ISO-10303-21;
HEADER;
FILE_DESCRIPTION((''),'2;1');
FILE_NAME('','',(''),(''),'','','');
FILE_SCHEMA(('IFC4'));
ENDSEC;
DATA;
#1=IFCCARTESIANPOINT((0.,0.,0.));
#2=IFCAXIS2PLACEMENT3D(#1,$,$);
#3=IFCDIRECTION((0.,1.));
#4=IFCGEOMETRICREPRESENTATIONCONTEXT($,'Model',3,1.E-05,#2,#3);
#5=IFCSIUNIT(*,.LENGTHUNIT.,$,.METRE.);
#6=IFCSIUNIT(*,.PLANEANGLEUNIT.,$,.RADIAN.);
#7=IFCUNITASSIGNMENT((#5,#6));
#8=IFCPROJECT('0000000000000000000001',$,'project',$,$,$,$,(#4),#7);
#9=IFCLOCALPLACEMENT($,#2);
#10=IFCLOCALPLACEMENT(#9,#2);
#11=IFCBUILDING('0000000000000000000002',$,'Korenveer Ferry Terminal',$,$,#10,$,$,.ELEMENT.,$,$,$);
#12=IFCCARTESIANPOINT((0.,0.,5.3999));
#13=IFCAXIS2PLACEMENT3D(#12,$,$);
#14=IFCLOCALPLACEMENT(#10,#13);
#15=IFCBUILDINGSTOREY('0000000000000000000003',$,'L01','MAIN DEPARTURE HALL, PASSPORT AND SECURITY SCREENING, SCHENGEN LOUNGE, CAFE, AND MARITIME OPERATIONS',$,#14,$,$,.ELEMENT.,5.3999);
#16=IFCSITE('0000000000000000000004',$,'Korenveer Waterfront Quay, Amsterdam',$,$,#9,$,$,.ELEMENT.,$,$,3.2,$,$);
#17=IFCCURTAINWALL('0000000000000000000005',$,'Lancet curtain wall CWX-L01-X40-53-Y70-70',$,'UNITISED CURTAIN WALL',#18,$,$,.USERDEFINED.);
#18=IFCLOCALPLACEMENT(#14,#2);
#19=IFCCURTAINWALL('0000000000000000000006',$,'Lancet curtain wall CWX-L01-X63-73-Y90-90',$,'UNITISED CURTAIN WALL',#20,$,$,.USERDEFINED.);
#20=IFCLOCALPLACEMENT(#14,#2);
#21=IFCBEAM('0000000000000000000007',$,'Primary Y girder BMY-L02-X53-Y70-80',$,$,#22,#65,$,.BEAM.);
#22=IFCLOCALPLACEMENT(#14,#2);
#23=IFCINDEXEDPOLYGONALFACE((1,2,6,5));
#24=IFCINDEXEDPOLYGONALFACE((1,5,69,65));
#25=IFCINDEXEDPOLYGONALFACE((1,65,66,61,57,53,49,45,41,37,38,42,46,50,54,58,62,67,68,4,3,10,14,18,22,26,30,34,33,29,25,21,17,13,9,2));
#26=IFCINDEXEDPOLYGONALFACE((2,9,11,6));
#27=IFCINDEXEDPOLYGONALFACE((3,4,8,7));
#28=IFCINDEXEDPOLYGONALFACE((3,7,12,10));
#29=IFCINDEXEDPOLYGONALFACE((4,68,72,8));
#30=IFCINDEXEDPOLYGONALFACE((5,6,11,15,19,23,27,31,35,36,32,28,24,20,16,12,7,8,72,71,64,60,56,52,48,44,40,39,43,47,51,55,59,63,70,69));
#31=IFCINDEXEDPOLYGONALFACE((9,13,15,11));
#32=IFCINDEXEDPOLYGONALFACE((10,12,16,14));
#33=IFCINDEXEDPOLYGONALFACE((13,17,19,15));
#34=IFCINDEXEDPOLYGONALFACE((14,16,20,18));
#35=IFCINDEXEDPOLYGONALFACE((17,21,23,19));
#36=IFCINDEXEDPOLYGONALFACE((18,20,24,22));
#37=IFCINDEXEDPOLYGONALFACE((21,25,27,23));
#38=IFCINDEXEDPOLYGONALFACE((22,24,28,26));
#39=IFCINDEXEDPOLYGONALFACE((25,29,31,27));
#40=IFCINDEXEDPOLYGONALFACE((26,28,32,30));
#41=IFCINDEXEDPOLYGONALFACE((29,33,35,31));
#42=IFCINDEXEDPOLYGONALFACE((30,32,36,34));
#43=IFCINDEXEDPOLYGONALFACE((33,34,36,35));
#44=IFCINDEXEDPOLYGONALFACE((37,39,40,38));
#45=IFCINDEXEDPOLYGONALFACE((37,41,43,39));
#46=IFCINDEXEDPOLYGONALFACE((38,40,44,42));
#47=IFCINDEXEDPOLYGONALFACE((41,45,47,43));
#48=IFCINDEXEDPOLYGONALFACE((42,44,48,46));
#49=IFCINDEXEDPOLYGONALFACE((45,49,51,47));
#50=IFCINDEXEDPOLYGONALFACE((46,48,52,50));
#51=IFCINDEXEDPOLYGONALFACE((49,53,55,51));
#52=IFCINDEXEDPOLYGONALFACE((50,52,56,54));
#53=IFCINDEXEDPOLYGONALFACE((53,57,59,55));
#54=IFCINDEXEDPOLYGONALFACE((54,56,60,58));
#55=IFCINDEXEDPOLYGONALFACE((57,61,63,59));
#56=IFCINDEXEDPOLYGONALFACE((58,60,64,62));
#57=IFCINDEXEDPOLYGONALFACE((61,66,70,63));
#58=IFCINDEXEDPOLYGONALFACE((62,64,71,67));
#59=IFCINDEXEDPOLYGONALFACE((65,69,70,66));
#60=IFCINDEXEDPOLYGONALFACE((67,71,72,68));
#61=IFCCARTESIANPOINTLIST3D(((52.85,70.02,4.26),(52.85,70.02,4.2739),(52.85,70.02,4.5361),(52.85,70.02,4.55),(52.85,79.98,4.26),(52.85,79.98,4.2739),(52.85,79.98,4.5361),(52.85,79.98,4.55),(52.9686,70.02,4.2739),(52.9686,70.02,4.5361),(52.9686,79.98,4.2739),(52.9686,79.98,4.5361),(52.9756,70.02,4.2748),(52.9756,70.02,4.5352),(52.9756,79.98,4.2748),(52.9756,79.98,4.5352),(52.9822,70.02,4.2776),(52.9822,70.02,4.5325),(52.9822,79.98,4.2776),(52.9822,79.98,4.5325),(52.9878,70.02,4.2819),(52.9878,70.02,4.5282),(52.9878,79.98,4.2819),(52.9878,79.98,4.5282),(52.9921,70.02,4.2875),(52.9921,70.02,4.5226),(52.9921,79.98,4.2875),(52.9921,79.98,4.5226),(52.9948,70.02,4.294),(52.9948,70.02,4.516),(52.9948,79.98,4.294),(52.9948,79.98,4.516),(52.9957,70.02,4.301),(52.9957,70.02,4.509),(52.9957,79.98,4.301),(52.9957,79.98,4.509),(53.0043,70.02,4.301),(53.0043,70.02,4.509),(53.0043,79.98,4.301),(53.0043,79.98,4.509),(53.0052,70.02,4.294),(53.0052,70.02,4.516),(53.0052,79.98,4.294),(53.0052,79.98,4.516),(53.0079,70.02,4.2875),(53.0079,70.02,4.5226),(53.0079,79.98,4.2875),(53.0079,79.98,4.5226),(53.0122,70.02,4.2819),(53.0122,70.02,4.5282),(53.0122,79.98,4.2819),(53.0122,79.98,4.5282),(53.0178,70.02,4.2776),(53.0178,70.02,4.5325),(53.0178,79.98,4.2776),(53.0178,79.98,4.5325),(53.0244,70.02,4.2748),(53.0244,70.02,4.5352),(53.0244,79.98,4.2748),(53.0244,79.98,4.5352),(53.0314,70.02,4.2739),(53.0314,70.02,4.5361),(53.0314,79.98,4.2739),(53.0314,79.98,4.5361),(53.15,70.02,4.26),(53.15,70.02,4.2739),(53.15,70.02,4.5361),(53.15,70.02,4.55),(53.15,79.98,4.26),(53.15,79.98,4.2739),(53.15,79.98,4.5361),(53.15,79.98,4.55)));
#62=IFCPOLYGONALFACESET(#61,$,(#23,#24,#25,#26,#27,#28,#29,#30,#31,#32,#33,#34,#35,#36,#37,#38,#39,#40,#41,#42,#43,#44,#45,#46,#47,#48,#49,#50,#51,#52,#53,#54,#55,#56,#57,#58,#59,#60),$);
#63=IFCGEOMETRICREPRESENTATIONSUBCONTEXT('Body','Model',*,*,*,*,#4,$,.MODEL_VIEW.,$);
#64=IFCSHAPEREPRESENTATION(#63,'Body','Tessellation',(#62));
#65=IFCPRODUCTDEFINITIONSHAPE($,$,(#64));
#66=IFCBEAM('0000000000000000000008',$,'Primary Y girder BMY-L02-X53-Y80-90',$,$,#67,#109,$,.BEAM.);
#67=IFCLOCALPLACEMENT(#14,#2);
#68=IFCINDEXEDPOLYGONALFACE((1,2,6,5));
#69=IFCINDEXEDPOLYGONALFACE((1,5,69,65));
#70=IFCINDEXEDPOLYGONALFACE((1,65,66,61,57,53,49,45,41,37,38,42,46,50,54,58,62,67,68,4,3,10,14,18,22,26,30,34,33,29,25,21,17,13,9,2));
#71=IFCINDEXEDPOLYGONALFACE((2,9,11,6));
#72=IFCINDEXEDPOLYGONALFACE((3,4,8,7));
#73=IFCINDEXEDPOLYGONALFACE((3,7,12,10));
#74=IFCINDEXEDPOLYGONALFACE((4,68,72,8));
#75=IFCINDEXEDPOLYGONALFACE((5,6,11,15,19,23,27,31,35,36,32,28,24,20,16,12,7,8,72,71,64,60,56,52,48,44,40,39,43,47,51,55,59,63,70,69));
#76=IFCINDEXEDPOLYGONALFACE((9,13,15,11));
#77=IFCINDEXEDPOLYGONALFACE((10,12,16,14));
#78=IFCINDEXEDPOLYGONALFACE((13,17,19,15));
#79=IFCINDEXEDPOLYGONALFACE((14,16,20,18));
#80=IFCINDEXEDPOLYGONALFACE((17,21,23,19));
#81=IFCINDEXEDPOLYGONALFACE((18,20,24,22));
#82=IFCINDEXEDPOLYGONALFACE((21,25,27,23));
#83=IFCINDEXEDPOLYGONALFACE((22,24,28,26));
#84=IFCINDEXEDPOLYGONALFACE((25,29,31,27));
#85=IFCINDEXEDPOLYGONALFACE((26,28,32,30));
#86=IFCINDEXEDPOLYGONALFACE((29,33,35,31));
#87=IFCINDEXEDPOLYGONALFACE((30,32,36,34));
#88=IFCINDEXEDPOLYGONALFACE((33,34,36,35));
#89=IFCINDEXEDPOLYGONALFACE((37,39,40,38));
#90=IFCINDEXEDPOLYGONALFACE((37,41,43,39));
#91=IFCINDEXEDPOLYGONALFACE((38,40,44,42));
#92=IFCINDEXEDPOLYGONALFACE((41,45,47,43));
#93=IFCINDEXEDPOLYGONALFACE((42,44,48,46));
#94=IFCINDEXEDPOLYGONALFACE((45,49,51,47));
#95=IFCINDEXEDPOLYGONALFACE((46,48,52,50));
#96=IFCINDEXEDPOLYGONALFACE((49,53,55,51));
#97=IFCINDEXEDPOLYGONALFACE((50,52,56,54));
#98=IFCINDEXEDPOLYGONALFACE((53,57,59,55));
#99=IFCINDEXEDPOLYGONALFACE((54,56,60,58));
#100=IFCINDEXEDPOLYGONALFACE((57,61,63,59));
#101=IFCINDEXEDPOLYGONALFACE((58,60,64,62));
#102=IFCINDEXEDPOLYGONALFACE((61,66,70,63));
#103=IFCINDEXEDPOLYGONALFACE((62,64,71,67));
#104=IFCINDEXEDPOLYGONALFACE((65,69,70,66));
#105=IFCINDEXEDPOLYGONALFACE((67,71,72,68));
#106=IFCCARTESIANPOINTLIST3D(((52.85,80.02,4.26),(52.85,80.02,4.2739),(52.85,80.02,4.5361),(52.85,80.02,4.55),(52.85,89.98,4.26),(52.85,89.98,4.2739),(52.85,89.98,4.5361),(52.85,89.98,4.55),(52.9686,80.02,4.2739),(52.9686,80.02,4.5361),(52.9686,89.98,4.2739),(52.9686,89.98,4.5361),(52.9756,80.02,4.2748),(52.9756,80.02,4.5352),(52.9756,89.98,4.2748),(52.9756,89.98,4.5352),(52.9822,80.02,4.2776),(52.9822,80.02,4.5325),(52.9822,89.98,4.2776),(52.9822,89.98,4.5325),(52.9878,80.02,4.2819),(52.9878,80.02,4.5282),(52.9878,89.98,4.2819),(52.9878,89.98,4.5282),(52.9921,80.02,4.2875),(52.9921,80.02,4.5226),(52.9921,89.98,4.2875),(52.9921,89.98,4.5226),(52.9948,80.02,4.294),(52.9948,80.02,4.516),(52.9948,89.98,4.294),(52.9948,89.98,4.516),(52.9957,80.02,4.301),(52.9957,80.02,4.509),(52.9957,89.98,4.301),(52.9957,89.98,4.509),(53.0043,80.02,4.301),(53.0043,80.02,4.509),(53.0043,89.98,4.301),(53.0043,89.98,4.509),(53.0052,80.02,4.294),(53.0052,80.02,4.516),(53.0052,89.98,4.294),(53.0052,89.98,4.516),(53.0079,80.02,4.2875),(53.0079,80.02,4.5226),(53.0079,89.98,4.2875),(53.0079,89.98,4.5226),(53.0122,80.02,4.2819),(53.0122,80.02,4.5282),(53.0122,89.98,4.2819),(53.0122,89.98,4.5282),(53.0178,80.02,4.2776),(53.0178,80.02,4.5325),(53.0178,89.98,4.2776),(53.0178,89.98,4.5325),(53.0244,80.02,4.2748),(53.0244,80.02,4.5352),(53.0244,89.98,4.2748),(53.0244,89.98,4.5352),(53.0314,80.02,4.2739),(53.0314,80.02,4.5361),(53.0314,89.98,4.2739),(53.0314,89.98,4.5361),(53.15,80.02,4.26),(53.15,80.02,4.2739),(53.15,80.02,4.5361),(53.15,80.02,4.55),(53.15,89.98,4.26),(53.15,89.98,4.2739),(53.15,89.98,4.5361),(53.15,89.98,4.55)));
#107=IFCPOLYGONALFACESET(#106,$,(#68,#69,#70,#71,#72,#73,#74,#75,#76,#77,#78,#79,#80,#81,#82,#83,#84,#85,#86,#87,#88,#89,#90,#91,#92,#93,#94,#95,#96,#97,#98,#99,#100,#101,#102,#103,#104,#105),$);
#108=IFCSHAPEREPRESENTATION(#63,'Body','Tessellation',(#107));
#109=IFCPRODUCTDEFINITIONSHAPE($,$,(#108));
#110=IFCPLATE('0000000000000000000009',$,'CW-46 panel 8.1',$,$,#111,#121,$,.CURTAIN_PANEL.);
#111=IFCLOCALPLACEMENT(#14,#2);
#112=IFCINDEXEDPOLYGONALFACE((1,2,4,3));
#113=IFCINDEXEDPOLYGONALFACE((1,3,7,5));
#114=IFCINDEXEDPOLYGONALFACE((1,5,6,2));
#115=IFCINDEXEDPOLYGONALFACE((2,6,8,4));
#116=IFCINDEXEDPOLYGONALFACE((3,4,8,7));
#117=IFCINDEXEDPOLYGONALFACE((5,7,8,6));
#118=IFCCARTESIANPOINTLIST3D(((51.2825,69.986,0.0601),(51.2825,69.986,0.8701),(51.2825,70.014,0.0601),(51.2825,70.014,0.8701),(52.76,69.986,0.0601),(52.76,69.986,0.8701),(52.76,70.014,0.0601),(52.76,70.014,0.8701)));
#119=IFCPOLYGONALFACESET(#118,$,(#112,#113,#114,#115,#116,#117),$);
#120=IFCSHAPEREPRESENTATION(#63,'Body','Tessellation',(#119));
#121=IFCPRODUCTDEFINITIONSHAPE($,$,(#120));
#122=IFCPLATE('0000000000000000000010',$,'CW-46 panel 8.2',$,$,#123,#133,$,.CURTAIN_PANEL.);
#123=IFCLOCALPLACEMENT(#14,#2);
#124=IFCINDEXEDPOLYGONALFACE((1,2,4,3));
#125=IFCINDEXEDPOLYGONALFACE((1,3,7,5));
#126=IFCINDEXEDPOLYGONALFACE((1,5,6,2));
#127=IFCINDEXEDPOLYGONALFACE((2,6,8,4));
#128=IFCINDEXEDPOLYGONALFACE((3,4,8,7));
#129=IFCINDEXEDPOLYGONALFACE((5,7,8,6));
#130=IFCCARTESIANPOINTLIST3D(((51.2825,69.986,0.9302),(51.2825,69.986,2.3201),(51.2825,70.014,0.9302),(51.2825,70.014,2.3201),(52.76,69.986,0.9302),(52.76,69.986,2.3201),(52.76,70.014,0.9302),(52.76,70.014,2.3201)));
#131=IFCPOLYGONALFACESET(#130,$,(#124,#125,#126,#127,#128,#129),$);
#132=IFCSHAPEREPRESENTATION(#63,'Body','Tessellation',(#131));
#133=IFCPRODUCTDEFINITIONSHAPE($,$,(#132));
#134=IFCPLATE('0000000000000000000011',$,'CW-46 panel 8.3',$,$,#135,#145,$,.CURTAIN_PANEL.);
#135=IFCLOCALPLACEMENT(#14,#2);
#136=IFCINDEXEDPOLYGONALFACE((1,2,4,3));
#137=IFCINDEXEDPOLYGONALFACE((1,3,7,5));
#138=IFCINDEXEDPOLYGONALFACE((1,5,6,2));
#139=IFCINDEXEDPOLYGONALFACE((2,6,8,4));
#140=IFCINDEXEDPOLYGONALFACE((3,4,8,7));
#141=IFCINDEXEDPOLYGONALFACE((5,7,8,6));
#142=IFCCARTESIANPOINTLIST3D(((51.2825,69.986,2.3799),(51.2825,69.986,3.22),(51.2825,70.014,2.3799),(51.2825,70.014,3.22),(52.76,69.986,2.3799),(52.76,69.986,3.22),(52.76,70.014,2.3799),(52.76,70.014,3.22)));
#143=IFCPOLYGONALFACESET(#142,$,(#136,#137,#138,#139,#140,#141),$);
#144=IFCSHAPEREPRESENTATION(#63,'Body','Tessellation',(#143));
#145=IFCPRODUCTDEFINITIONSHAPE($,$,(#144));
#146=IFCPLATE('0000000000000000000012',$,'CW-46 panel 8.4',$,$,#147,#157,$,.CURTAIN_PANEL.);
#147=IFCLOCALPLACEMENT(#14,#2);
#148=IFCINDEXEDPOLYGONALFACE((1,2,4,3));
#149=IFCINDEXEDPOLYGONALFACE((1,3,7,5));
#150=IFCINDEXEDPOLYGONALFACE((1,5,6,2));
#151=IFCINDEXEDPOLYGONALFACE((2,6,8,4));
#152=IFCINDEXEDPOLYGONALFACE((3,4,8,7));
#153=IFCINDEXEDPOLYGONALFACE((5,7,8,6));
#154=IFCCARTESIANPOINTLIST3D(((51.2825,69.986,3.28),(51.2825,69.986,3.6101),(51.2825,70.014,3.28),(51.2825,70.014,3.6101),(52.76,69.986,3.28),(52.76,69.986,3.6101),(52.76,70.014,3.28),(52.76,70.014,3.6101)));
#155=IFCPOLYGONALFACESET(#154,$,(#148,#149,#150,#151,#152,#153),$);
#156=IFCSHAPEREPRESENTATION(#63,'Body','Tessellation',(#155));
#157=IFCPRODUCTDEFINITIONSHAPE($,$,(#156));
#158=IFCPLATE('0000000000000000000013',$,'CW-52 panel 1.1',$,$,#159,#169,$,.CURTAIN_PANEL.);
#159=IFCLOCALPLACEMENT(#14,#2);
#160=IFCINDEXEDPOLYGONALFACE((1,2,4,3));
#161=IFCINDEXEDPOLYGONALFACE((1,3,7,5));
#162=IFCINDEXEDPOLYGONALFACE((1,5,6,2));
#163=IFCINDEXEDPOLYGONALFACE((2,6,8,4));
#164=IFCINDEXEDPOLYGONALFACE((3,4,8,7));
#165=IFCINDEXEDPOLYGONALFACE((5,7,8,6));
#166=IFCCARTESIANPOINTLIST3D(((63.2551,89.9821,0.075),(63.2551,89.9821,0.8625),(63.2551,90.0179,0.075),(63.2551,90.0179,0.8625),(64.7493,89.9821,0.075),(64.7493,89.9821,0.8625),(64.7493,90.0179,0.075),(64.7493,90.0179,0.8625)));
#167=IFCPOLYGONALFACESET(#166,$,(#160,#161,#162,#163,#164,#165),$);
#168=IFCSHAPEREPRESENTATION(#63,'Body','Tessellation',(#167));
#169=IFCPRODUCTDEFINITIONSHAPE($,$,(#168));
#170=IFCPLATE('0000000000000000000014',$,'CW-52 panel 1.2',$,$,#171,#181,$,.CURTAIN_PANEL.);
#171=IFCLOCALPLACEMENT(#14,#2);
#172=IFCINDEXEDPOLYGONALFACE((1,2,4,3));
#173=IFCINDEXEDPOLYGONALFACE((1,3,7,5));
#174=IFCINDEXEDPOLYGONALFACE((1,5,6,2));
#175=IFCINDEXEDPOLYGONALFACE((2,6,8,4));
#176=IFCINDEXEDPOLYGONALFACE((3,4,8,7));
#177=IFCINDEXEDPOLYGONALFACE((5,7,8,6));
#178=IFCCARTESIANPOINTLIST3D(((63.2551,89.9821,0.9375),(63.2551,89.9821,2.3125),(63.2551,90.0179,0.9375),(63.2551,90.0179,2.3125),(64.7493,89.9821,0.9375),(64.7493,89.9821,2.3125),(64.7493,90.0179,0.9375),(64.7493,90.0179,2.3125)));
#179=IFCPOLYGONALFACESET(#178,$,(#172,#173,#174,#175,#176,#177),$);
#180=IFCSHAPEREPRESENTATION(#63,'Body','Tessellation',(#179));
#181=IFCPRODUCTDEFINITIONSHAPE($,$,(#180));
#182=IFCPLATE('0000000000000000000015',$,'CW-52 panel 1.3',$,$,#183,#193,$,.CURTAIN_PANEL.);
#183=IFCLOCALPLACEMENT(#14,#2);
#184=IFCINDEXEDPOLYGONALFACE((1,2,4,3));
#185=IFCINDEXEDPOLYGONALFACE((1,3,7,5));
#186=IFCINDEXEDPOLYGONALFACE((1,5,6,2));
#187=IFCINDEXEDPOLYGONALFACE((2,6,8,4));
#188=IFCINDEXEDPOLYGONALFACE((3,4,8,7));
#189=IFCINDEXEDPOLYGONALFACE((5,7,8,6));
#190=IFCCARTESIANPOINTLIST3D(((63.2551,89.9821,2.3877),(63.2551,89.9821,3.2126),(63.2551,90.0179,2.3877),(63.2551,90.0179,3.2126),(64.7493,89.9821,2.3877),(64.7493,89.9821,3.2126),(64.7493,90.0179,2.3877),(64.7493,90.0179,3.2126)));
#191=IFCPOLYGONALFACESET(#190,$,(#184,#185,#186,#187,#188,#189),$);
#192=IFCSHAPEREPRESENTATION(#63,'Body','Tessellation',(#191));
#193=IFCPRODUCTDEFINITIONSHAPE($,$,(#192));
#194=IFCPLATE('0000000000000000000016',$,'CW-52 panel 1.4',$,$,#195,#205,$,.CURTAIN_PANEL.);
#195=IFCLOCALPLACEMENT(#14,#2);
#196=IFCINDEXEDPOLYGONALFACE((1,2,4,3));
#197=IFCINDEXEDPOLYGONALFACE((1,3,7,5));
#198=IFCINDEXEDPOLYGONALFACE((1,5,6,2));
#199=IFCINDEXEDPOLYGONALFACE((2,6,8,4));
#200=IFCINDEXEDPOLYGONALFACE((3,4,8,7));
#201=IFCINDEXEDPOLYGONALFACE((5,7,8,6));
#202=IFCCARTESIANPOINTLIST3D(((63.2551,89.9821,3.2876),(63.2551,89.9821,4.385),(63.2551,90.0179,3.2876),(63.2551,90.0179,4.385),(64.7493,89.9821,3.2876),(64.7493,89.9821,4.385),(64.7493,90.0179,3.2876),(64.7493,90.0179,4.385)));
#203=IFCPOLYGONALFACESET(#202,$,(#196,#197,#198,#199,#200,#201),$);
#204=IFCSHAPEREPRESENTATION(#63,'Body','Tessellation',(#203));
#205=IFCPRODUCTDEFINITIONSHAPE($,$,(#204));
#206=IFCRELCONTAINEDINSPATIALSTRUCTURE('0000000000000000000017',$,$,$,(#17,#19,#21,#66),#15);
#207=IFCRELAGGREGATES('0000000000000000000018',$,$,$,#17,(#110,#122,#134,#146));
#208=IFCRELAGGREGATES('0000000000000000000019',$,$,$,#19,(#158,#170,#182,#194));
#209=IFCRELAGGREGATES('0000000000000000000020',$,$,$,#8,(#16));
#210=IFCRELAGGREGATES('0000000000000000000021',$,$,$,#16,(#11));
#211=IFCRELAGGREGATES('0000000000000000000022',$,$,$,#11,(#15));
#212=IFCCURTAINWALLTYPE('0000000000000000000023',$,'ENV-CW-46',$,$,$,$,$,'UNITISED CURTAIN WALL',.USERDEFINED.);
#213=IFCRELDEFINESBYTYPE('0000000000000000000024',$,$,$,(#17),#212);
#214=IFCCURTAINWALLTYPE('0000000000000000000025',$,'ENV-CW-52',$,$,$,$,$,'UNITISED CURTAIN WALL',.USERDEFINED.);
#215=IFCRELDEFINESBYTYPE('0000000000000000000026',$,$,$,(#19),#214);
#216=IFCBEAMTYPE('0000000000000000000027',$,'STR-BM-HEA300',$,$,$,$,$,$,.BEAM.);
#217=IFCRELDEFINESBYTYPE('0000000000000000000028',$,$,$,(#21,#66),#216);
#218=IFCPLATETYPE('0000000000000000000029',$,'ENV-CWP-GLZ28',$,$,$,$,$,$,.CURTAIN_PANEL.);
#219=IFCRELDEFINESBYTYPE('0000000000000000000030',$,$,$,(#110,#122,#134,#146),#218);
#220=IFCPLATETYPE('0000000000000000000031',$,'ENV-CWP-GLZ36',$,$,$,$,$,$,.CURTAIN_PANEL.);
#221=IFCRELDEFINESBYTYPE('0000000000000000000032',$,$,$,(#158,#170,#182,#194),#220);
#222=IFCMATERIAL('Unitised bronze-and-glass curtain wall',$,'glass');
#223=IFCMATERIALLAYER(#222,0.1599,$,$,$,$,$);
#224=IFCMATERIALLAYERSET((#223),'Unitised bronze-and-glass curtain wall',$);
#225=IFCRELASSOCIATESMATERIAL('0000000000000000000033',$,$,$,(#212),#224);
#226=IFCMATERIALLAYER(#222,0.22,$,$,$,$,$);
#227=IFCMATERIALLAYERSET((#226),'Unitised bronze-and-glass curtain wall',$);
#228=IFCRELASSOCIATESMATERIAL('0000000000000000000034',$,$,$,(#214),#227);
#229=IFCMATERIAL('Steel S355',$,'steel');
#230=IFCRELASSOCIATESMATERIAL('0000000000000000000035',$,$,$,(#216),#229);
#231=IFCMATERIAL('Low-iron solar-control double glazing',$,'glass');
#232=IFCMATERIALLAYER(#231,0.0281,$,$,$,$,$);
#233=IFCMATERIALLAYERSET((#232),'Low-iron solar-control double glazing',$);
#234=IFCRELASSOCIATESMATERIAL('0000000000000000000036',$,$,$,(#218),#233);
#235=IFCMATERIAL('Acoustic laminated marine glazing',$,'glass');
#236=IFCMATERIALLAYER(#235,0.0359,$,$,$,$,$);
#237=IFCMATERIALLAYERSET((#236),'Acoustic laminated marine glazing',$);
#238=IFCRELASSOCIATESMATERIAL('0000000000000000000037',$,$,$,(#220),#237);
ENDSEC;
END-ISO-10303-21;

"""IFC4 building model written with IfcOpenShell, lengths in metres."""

from ifc_helpers import new_model, si_unit, direction, frame, origin, origin_2d, place, context, subcontext, project, spatial, rectangle, i_section, extrude, material, layer, layer_set, material_profile, profile_set, type_object, element, aggregate, save


model = new_model("IFC4")

# Units and contexts
model_context = context("Model", 3, precision=1e-05, world=origin(), true_north=direction((0.0, 1.0)))
body_context = subcontext(model_context, "Body", "Model", "MODEL_VIEW")
ifc_project = project(units=[si_unit("LENGTHUNIT", "METRE"), si_unit("PLANEANGLEUNIT", "RADIAN")], contexts=[model_context])

# Site, building, storey
site_placement = place(None, origin())
site = spatial("IfcSite", under=ifc_project, at=site_placement, Name="Korenveer Waterfront Quay, Amsterdam", CompositionType="ELEMENT", RefElevation=3.2)
building_placement = place(site_placement, origin())
building = spatial("IfcBuilding", under=site, at=building_placement, Name="Korenveer Ferry Terminal", CompositionType="ELEMENT")
storey_placement = place(building_placement, frame((0.0, 0.0, 5.3999)))
storey = spatial("IfcBuildingStorey", under=building, at=storey_placement, Name="L01", Description="MAIN DEPARTURE HALL, PASSPORT AND SECURITY SCREENING, SCHENGEN LOUNGE, CAFE, AND MARITIME OPERATIONS", CompositionType="ELEMENT", Elevation=5.3999)

# Shared definitions
ifc_material_1 = material(Name="Steel S355", Category="steel")

# Curtain wall
ifc_material_2 = material(Name="Unitised bronze-and-glass curtain wall", Category="glass")
ifc_layer_1 = layer(ifc_material_2, 0.1599)
ifc_layer_set_1 = layer_set([ifc_layer_1], Name="Unitised bronze-and-glass curtain wall")
curtain_wall_type_1 = type_object("IfcCurtainWallType", Name="ENV-CW-46", ElementType="UNITISED CURTAIN WALL", PredefinedType="USERDEFINED", material=ifc_layer_set_1)
curtain_wall_1_placement = place(storey_placement, frame((40.28, 70.0, 0.0)))
curtain_wall_1 = element("IfcCurtainWall", 1, at=curtain_wall_1_placement, inside=storey, type_object=curtain_wall_type_1, Name="Lancet curtain wall CWX-L01-X40-53-Y70-70", ObjectType="UNITISED CURTAIN WALL", PredefinedType="USERDEFINED")

# Curtain wall
ifc_layer_2 = layer(ifc_material_2, 0.22)
ifc_layer_set_2 = layer_set([ifc_layer_2], Name="Unitised bronze-and-glass curtain wall")
curtain_wall_type_2 = type_object("IfcCurtainWallType", Name="ENV-CW-52", ElementType="UNITISED CURTAIN WALL", PredefinedType="USERDEFINED", material=ifc_layer_set_2)
curtain_wall_2_placement = place(storey_placement, frame((63.1799, 90.0, 0.0)))
curtain_wall_2 = element("IfcCurtainWall", 2, at=curtain_wall_2_placement, inside=storey, type_object=curtain_wall_type_2, Name="Lancet curtain wall CWX-L01-X63-73-Y90-90", ObjectType="UNITISED CURTAIN WALL", PredefinedType="USERDEFINED")

# Beams
ifc_material_profile_1 = material_profile(ifc_material_1, i_section(OverallWidth=0.3, OverallDepth=0.29, WebThickness=0.0085, FlangeThickness=0.0139, FilletRadius=0.0271, at=origin_2d()), Name="HEA 300")
ifc_profile_set_1 = profile_set([ifc_material_profile_1], Name="Steel S355")
beam_type = type_object("IfcBeamType", Name="STR-BM-HEA300", PredefinedType="BEAM", material=ifc_profile_set_1)
for number, where, z_axis, x_axis, name in (
    (3, (53.0, 70.02, 4.405), (0.0, 1.0, 0.0), (-1.0, 0.0, 0.0), "Primary Y girder BMY-L02-X53-Y70-80"),
    (4, (53.0, 80.02, 4.405), (0.0, 1.0, 0.0), (-1.0, 0.0, 0.0), "Primary Y girder BMY-L02-X53-Y80-90"),
):
    element("IfcBeam", number, at=place(storey_placement, frame(where, z_axis=z_axis, x_axis=x_axis)), inside=storey, type_object=beam_type, Name=name, PredefinedType="BEAM", context=body_context, shape_type="SweptSolid", body=[
        extrude(i_section(OverallWidth=0.3, OverallDepth=0.29, WebThickness=0.0085, FlangeThickness=0.0139, FilletRadius=0.0271, at=origin_2d()), origin(), (0.0, 0.0, 1.0), 9.96),
    ])

# Plates
ifc_material_3 = material(Name="Low-iron solar-control double glazing", Category="glass")
ifc_layer_3 = layer(ifc_material_3, 0.0281)
ifc_layer_set_3 = layer_set([ifc_layer_3], Name="Low-iron solar-control double glazing")
plate_type_1 = type_object("IfcPlateType", Name="ENV-CWP-GLZ28", PredefinedType="CURTAIN_PANEL", material=ifc_layer_set_3)
plate_1_placement = place(storey_placement, frame((52.0212, 70.0, 0.0601), z_axis=(0.0, 0.0, 1.0), x_axis=(1.0, 0.0, 0.0)))
plate_1 = element("IfcPlate", 5, at=plate_1_placement, type_object=plate_type_1, Name="CW-46 panel 8.1", PredefinedType="CURTAIN_PANEL", context=body_context, shape_type="SweptSolid", body=[
    extrude(rectangle(XDim=1.4775, YDim=0.0281, at=origin_2d()), origin(), (0.0, 0.0, 1.0), 0.8101),
])
plate_2_placement = place(storey_placement, frame((52.0212, 70.0, 0.9302), z_axis=(0.0, 0.0, 1.0), x_axis=(1.0, 0.0, 0.0)))
plate_2 = element("IfcPlate", 6, at=plate_2_placement, type_object=plate_type_1, Name="CW-46 panel 8.2", PredefinedType="CURTAIN_PANEL", context=body_context, shape_type="SweptSolid", body=[
    extrude(rectangle(XDim=1.4775, YDim=0.0281, at=origin_2d()), origin(), (0.0, 0.0, 1.0), 1.3899),
])
plate_3_placement = place(storey_placement, frame((52.0212, 70.0, 2.3799), z_axis=(0.0, 0.0, 1.0), x_axis=(1.0, 0.0, 0.0)))
plate_3 = element("IfcPlate", 7, at=plate_3_placement, type_object=plate_type_1, Name="CW-46 panel 8.3", PredefinedType="CURTAIN_PANEL", context=body_context, shape_type="SweptSolid", body=[
    extrude(rectangle(XDim=1.4775, YDim=0.0281, at=origin_2d()), origin(), (0.0, 0.0, 1.0), 0.8401),
])
plate_4_placement = place(storey_placement, frame((52.0212, 70.0, 3.28), z_axis=(0.0, 0.0, 1.0), x_axis=(1.0, 0.0, 0.0)))
plate_4 = element("IfcPlate", 8, at=plate_4_placement, type_object=plate_type_1, Name="CW-46 panel 8.4", PredefinedType="CURTAIN_PANEL", context=body_context, shape_type="SweptSolid", body=[
    extrude(rectangle(XDim=1.4775, YDim=0.0281, at=origin_2d()), origin(), (0.0, 0.0, 1.0), 0.3301),
])
aggregate(curtain_wall_1, [plate_1, plate_2, plate_3, plate_4])
ifc_material_4 = material(Name="Acoustic laminated marine glazing", Category="glass")
ifc_layer_4 = layer(ifc_material_4, 0.0359)
ifc_layer_set_4 = layer_set([ifc_layer_4], Name="Acoustic laminated marine glazing")
plate_type_2 = type_object("IfcPlateType", Name="ENV-CWP-GLZ36", PredefinedType="CURTAIN_PANEL", material=ifc_layer_set_4)
plate_5_placement = place(storey_placement, frame((64.0022, 90.0, 0.075), z_axis=(0.0, 0.0, 1.0), x_axis=(1.0, 0.0, 0.0)))
plate_5 = element("IfcPlate", 9, at=plate_5_placement, type_object=plate_type_2, Name="CW-52 panel 1.1", PredefinedType="CURTAIN_PANEL", context=body_context, shape_type="SweptSolid", body=[
    extrude(rectangle(XDim=1.4941, YDim=0.0359, at=origin_2d()), origin(), (0.0, 0.0, 1.0), 0.7876),
])
plate_6_placement = place(storey_placement, frame((64.0022, 90.0, 0.9375), z_axis=(0.0, 0.0, 1.0), x_axis=(1.0, 0.0, 0.0)))
plate_6 = element("IfcPlate", 10, at=plate_6_placement, type_object=plate_type_2, Name="CW-52 panel 1.2", PredefinedType="CURTAIN_PANEL", context=body_context, shape_type="SweptSolid", body=[
    extrude(rectangle(XDim=1.4941, YDim=0.0359, at=origin_2d()), origin(), (0.0, 0.0, 1.0), 1.375),
])
plate_7_placement = place(storey_placement, frame((64.0022, 90.0, 2.3877), z_axis=(0.0, 0.0, 1.0), x_axis=(1.0, 0.0, 0.0)))
plate_7 = element("IfcPlate", 11, at=plate_7_placement, type_object=plate_type_2, Name="CW-52 panel 1.3", PredefinedType="CURTAIN_PANEL", context=body_context, shape_type="SweptSolid", body=[
    extrude(rectangle(XDim=1.4941, YDim=0.0359, at=origin_2d()), origin(), (0.0, 0.0, 1.0), 0.825),
])
plate_8_placement = place(storey_placement, frame((64.0022, 90.0, 3.2876), z_axis=(0.0, 0.0, 1.0), x_axis=(1.0, 0.0, 0.0)))
plate_8 = element("IfcPlate", 12, at=plate_8_placement, type_object=plate_type_2, Name="CW-52 panel 1.4", PredefinedType="CURTAIN_PANEL", context=body_context, shape_type="SweptSolid", body=[
    extrude(rectangle(XDim=1.4941, YDim=0.0359, at=origin_2d()), origin(), (0.0, 0.0, 1.0), 1.0974),
])
aggregate(curtain_wall_2, [plate_5, plate_6, plate_7, plate_8])

save(model, "model.ifc")
